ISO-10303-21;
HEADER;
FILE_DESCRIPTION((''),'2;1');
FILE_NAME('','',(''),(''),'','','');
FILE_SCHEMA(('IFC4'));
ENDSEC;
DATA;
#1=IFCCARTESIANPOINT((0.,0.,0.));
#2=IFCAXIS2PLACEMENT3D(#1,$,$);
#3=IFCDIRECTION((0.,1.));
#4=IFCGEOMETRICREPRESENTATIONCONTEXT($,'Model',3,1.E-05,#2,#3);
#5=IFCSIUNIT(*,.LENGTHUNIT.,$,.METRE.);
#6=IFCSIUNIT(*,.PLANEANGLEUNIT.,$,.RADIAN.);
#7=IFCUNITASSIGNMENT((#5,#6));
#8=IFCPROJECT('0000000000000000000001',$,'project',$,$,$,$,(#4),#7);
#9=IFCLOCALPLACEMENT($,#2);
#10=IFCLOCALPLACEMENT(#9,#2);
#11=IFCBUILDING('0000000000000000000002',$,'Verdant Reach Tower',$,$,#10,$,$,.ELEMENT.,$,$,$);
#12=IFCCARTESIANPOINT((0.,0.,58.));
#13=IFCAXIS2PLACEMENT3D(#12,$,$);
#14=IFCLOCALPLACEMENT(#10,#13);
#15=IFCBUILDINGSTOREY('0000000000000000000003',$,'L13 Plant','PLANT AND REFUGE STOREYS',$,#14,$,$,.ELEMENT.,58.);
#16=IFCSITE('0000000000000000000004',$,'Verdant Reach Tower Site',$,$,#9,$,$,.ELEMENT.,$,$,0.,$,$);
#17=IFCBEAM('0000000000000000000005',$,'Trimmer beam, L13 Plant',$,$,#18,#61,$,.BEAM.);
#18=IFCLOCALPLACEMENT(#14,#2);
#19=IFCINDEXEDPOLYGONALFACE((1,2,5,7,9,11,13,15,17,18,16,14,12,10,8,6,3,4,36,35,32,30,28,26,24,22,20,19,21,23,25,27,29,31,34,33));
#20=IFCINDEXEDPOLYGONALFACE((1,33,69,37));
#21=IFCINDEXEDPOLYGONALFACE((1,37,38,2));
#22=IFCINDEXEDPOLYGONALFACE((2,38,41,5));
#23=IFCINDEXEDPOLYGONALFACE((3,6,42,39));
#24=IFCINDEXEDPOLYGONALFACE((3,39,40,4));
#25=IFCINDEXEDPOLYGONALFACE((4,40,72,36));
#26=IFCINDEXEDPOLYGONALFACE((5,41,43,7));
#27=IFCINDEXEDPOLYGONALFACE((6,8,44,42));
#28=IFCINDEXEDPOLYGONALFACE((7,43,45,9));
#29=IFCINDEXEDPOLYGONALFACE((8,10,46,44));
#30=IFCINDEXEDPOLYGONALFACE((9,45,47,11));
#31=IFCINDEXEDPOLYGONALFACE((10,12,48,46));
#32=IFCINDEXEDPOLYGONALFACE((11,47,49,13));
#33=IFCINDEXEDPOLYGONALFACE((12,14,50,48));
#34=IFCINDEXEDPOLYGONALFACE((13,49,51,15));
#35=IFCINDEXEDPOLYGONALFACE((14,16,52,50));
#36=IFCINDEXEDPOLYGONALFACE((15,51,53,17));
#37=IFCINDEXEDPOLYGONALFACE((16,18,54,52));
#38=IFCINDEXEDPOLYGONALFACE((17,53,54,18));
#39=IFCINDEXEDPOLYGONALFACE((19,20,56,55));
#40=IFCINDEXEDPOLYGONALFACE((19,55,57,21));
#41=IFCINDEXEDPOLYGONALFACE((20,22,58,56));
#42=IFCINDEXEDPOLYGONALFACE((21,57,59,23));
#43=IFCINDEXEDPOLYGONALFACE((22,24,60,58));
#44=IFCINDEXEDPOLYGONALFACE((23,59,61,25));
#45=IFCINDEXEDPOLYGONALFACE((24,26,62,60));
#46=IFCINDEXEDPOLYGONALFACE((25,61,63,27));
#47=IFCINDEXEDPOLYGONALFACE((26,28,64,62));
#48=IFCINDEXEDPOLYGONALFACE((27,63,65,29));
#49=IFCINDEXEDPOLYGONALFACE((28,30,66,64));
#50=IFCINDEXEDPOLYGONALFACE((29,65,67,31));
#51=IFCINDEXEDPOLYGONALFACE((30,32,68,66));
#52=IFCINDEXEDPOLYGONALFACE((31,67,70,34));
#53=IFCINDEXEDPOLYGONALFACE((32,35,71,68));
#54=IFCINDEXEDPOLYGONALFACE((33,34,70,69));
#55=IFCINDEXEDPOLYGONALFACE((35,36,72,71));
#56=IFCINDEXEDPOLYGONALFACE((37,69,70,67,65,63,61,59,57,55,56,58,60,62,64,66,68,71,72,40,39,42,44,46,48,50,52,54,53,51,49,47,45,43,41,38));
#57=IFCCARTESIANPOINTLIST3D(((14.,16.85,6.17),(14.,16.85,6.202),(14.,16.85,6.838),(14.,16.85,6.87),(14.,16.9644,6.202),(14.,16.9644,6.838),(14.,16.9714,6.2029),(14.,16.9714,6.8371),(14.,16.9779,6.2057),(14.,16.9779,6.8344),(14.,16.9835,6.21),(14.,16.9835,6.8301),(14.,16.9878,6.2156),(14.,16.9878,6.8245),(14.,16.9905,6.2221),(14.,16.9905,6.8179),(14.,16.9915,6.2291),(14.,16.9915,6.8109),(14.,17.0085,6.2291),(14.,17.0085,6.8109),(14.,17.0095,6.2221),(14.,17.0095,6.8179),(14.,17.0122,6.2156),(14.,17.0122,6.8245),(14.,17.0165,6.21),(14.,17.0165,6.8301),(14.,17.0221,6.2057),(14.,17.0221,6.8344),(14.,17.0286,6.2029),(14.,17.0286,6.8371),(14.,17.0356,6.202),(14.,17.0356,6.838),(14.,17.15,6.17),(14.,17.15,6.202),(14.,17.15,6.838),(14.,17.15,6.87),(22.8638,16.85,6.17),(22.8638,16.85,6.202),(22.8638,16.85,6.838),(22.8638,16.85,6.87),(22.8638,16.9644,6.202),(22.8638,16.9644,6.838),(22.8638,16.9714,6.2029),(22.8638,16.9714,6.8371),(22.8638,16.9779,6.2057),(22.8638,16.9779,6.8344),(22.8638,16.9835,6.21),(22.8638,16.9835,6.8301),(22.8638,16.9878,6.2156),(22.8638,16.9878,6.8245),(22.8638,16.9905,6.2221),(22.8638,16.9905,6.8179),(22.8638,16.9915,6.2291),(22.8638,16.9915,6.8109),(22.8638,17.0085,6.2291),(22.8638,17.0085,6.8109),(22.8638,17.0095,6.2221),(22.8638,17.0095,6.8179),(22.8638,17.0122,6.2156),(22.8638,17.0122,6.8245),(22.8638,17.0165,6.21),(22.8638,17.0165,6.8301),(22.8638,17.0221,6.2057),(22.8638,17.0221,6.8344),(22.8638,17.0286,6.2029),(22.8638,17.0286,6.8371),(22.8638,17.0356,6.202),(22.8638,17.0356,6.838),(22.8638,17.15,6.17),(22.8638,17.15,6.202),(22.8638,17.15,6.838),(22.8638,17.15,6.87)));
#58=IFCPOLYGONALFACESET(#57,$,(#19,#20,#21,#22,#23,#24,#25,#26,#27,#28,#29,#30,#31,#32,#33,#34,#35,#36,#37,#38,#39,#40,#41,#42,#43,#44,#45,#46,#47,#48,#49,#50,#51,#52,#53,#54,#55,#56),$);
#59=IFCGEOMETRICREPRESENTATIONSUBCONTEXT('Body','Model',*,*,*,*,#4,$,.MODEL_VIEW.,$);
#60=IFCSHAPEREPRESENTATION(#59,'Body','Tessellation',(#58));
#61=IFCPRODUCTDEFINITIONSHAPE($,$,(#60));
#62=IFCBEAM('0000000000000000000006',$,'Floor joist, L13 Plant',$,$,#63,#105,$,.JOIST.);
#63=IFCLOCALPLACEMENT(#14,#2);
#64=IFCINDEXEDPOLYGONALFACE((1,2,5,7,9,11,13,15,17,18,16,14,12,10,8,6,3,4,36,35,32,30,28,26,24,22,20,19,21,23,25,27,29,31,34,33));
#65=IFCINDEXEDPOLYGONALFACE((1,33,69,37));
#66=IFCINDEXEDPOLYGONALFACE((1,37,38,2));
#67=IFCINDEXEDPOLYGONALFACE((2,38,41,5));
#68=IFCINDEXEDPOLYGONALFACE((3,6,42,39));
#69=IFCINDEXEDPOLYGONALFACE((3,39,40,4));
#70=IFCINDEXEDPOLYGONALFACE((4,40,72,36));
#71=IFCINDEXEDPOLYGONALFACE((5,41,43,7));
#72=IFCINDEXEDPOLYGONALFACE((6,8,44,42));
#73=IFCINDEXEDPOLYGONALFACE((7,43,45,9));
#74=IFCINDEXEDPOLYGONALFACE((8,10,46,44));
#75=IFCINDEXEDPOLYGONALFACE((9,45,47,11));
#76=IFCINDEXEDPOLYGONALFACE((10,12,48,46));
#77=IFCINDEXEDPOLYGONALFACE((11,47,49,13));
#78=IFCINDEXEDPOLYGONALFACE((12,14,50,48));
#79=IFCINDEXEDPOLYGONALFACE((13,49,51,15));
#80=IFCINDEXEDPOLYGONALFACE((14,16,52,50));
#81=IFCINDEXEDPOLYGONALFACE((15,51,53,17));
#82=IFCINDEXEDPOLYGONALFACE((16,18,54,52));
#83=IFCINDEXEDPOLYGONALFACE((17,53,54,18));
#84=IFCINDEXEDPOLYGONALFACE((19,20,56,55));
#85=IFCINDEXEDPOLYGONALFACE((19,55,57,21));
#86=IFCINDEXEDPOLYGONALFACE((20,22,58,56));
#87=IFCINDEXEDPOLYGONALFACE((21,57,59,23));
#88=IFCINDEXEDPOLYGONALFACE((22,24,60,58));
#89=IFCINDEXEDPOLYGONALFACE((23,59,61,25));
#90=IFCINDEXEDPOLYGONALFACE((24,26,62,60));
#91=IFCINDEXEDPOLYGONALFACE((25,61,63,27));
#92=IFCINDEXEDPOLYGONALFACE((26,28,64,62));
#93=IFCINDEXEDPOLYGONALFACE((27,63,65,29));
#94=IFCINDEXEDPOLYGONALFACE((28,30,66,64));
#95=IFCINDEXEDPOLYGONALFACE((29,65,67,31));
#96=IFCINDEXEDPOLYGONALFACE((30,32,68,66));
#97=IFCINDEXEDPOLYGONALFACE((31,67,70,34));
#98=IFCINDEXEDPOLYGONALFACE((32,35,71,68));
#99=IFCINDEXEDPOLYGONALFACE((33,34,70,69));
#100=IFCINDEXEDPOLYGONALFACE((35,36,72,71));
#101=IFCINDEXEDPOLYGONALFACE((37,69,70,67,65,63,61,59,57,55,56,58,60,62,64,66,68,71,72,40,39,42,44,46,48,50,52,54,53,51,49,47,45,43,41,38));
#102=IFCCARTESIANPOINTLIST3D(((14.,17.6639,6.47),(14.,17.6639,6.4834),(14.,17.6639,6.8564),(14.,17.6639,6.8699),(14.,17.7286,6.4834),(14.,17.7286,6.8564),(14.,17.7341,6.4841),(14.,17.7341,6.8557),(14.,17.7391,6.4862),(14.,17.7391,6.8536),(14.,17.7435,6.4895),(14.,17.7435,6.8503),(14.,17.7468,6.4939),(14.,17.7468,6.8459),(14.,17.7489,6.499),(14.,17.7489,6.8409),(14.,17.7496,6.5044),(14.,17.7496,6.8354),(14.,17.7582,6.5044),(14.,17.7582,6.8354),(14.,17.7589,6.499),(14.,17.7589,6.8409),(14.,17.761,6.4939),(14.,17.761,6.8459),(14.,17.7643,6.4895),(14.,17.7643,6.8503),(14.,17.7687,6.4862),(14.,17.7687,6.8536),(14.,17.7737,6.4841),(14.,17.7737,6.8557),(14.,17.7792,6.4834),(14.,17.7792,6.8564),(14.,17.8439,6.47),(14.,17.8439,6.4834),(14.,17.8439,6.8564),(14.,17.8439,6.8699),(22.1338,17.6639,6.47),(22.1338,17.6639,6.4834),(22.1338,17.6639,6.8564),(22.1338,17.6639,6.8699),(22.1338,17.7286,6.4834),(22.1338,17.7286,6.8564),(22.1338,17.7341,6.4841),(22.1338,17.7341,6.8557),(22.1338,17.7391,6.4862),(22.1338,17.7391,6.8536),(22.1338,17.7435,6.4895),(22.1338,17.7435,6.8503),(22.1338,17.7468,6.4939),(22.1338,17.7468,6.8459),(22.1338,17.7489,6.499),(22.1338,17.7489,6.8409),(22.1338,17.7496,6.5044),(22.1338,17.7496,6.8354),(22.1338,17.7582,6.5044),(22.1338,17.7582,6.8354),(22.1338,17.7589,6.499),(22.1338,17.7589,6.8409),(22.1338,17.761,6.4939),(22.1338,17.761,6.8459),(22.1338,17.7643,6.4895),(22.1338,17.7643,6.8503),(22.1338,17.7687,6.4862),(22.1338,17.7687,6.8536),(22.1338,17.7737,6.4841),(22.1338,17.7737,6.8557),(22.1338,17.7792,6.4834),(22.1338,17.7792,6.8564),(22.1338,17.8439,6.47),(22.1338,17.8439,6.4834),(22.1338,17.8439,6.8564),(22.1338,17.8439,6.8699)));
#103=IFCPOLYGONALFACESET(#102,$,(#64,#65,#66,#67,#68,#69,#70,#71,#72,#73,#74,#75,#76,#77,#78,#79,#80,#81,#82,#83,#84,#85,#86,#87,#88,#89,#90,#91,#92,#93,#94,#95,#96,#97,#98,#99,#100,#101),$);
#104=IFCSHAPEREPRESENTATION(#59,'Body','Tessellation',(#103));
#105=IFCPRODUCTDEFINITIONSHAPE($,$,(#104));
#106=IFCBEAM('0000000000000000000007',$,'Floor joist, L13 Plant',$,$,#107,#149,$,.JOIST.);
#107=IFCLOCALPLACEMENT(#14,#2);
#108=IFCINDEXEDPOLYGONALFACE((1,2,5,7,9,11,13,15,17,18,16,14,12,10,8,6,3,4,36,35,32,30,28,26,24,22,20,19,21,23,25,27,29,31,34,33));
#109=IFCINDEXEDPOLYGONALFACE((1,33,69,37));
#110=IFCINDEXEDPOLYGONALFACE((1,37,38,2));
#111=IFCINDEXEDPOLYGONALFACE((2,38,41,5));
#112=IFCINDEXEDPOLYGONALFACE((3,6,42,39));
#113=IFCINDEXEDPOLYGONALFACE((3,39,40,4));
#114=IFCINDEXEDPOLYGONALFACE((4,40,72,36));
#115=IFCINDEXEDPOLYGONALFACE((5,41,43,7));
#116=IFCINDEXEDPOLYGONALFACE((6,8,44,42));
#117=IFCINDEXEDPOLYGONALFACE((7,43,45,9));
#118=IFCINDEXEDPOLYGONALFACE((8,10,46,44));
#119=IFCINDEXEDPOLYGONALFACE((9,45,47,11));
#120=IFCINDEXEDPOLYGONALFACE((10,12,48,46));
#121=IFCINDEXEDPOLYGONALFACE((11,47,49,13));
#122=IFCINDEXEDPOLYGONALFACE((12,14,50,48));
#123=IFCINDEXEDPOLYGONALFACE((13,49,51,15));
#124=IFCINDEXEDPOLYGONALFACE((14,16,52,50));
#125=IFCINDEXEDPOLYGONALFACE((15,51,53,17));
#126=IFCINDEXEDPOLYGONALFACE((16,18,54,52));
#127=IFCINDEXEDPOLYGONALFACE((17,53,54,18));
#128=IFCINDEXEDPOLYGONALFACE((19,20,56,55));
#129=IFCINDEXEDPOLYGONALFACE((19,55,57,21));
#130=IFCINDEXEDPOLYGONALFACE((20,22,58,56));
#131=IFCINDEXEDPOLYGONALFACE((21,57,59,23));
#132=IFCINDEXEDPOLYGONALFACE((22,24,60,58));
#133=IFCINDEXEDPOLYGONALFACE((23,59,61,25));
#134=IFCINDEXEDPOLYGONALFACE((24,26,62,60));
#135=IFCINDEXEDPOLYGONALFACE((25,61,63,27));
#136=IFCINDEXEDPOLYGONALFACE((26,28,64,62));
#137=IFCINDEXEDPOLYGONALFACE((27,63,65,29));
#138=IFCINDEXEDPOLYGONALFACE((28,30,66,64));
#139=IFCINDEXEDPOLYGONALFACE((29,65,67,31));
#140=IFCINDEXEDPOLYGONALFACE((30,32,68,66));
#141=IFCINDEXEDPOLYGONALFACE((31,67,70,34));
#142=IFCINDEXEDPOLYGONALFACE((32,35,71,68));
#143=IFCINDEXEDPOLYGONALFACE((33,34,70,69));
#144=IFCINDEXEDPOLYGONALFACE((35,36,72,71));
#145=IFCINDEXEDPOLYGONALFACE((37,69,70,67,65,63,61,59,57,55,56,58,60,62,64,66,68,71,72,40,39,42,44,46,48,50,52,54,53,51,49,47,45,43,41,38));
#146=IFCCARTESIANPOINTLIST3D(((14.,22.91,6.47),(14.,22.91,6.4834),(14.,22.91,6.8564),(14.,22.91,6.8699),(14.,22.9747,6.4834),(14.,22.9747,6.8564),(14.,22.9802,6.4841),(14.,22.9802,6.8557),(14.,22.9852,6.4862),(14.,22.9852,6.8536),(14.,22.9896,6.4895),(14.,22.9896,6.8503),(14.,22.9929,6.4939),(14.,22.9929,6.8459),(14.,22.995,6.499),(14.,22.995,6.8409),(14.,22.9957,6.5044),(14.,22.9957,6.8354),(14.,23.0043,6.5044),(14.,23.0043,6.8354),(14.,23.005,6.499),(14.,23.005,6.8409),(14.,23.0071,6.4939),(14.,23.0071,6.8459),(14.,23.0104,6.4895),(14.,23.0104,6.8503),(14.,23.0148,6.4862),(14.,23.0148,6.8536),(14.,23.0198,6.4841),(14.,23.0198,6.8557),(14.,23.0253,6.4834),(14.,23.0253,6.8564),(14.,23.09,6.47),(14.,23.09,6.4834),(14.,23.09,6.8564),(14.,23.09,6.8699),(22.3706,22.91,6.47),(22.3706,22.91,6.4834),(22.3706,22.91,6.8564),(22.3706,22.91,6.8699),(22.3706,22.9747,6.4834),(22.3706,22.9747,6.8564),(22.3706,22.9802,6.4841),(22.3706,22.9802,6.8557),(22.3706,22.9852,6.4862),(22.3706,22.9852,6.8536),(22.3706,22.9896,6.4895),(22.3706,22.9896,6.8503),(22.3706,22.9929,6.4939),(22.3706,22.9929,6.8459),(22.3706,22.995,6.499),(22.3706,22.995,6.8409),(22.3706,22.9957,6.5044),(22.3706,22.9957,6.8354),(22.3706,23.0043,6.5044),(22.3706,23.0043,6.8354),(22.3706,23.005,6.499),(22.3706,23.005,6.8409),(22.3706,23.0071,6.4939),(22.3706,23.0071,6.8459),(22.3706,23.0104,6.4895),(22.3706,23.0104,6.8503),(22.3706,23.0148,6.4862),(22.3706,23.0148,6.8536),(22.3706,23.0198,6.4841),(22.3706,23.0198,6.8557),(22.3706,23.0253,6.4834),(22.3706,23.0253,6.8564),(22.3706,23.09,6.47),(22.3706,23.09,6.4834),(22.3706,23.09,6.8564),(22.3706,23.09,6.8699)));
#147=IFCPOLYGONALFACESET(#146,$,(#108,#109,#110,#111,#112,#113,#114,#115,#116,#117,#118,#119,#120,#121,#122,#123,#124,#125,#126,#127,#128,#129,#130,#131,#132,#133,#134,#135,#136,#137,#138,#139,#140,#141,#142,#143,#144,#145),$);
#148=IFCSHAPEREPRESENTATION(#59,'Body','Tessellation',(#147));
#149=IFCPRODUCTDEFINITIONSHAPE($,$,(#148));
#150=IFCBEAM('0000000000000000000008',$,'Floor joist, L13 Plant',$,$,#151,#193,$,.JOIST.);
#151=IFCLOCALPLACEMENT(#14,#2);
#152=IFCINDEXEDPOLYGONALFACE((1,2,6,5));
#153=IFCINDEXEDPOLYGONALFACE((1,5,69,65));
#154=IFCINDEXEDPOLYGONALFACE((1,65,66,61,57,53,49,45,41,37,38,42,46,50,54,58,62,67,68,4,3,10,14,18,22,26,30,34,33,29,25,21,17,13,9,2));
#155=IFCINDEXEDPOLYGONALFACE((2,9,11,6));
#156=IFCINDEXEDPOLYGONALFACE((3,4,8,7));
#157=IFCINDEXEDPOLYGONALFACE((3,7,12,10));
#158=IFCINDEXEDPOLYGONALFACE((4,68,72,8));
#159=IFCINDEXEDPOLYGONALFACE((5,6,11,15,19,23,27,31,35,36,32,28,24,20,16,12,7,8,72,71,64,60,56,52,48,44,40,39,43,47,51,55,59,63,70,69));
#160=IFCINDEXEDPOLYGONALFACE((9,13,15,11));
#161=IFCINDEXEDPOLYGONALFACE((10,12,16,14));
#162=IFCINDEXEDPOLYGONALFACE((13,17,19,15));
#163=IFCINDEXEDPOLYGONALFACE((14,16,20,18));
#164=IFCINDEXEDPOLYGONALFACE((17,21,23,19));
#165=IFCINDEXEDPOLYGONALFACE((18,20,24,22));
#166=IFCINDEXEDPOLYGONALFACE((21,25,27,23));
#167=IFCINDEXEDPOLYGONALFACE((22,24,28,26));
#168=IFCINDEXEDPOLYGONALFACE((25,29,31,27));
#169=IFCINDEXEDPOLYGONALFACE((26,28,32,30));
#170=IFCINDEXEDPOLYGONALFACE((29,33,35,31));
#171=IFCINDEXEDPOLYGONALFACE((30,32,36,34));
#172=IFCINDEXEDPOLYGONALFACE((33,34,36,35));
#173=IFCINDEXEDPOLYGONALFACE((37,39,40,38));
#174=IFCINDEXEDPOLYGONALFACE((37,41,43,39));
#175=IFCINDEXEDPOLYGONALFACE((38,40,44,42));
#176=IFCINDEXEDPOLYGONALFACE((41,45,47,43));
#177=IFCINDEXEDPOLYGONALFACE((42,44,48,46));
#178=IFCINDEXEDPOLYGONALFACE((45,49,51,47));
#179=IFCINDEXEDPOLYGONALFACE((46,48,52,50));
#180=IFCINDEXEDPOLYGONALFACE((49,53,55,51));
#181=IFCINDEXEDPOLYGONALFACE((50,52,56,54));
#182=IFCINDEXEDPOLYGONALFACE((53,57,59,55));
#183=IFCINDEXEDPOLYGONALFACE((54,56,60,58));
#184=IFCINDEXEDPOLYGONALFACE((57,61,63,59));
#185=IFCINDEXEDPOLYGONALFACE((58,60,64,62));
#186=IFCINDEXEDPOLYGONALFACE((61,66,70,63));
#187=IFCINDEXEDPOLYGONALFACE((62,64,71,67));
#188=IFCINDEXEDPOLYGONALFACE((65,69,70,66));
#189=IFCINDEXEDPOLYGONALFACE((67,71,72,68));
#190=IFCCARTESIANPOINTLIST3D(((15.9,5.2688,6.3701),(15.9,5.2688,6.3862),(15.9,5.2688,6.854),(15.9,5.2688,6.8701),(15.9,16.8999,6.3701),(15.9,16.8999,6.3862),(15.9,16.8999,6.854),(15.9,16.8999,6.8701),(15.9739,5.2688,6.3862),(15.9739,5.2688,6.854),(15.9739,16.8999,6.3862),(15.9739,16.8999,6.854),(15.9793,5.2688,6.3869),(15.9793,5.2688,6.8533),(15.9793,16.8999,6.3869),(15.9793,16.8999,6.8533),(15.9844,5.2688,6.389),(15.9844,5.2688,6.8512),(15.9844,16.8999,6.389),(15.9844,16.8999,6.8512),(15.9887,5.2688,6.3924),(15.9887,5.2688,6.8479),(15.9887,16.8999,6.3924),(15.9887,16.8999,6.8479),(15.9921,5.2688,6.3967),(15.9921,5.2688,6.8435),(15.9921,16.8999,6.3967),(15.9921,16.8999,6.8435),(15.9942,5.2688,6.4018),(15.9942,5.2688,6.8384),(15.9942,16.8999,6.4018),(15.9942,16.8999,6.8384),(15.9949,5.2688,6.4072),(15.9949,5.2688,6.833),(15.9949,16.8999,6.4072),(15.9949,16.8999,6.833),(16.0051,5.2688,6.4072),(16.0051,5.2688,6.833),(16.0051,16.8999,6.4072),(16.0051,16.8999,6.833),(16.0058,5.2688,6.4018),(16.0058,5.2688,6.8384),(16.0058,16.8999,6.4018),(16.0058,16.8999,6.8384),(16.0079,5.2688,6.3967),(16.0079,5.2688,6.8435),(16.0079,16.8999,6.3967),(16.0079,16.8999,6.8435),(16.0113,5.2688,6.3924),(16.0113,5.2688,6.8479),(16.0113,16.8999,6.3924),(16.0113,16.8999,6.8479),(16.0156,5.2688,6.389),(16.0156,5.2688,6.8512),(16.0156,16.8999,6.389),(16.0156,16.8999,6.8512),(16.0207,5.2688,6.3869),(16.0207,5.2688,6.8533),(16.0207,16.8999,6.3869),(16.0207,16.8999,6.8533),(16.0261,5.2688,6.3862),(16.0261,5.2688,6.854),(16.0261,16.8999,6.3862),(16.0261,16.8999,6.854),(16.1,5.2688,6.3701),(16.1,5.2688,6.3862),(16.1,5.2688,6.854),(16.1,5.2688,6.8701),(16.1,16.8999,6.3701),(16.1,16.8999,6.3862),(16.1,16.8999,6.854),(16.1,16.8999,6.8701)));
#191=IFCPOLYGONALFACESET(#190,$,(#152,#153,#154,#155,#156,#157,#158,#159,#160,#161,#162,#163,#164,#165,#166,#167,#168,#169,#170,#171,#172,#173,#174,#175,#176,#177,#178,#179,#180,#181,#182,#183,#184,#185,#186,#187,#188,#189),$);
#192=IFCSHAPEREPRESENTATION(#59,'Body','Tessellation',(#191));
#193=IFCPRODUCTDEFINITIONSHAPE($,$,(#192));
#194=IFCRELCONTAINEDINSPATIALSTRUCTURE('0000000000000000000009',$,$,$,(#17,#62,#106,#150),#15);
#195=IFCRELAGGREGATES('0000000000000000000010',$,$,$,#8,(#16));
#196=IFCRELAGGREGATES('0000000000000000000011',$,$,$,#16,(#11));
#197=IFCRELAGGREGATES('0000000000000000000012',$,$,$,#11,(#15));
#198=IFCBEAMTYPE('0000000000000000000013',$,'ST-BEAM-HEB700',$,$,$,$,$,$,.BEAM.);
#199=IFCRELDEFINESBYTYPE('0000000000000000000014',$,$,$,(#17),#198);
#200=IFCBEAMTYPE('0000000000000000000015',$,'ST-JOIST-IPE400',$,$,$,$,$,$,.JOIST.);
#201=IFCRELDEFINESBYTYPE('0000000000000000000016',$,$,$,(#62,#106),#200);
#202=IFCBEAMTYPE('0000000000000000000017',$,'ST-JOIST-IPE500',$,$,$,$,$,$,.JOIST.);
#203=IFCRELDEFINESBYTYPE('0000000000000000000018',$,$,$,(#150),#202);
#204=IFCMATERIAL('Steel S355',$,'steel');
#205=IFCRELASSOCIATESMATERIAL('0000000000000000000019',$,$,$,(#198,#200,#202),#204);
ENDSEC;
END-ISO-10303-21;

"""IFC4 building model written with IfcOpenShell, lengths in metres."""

from ifc_helpers import new_model, si_unit, direction, frame, origin, origin_2d, place, context, subcontext, project, spatial, i_section, extrude, material, material_profile, profile_set, type_object, element, save


model = new_model("IFC4")

# Units and contexts
model_context = context("Model", 3, precision=1e-05, world=origin(), true_north=direction((0.0, 1.0)))
body_context = subcontext(model_context, "Body", "Model", "MODEL_VIEW")
ifc_project = project(units=[si_unit("LENGTHUNIT", "METRE"), si_unit("PLANEANGLEUNIT", "RADIAN")], contexts=[model_context])

# Site, building, storey
site_placement = place(None, origin())
site = spatial("IfcSite", under=ifc_project, at=site_placement, Name="Verdant Reach Tower Site", CompositionType="ELEMENT", RefElevation=0.0)
building_placement = place(site_placement, origin())
building = spatial("IfcBuilding", under=site, at=building_placement, Name="Verdant Reach Tower", CompositionType="ELEMENT")
storey_placement = place(building_placement, frame((0.0, 0.0, 58.0)))
storey = spatial("IfcBuildingStorey", under=building, at=storey_placement, Name="L13 Plant", Description="PLANT AND REFUGE STOREYS", CompositionType="ELEMENT", Elevation=58.0)

# Beams
ifc_material_1 = material(Name="Steel S355", Category="steel")
ifc_material_profile_1 = material_profile(ifc_material_1, i_section(OverallWidth=0.3, OverallDepth=0.7, WebThickness=0.0171, FlangeThickness=0.032, FilletRadius=0.0271, at=origin_2d()), Name="HEB 700")
ifc_profile_set_1 = profile_set([ifc_material_profile_1], Name="Steel S355")
beam_type_1 = type_object("IfcBeamType", Name="ST-BEAM-HEB700", PredefinedType="BEAM", material=ifc_profile_set_1)
beam_1_placement = place(storey_placement, frame((14.0, 17.0, 6.52), z_axis=(1.0, 0.0, 0.0), x_axis=(0.0, 1.0, 0.0)))
element("IfcBeam", 1, at=beam_1_placement, inside=storey, type_object=beam_type_1, Name="Trimmer beam, L13 Plant", PredefinedType="BEAM", context=body_context, shape_type="SweptSolid", body=[
    extrude(i_section(OverallWidth=0.3, OverallDepth=0.7, WebThickness=0.0171, FlangeThickness=0.032, FilletRadius=0.0271, at=origin_2d()), origin(), (0.0, 0.0, 1.0), 8.8638),
])
ifc_material_profile_2 = material_profile(ifc_material_1, i_section(OverallWidth=0.1799, OverallDepth=0.3999, WebThickness=0.0085, FlangeThickness=0.0134, FilletRadius=0.021, at=origin_2d()), Name="IPE 400")
ifc_profile_set_2 = profile_set([ifc_material_profile_2], Name="Steel S355")
beam_type_2 = type_object("IfcBeamType", Name="ST-JOIST-IPE400", PredefinedType="JOIST", material=ifc_profile_set_2)
beam_2_placement = place(storey_placement, frame((14.0, 17.7539, 6.6699), z_axis=(1.0, 0.0, 0.0), x_axis=(0.0, 1.0, 0.0)))
element("IfcBeam", 2, at=beam_2_placement, inside=storey, type_object=beam_type_2, Name="Floor joist, L13 Plant", PredefinedType="JOIST", context=body_context, shape_type="SweptSolid", body=[
    extrude(i_section(OverallWidth=0.1799, OverallDepth=0.3999, WebThickness=0.0085, FlangeThickness=0.0134, FilletRadius=0.021, at=origin_2d()), origin(), (0.0, 0.0, 1.0), 8.1338),
])
beam_3_placement = place(storey_placement, frame((14.0, 23.0, 6.6699), z_axis=(1.0, 0.0, 0.0), x_axis=(0.0, 1.0, 0.0)))
element("IfcBeam", 3, at=beam_3_placement, inside=storey, type_object=beam_type_2, Name="Floor joist, L13 Plant", PredefinedType="JOIST", context=body_context, shape_type="SweptSolid", body=[
    extrude(i_section(OverallWidth=0.1799, OverallDepth=0.3999, WebThickness=0.0085, FlangeThickness=0.0134, FilletRadius=0.021, at=origin_2d()), origin(), (0.0, 0.0, 1.0), 8.3706),
])
ifc_material_profile_3 = material_profile(ifc_material_1, i_section(OverallWidth=0.2, OverallDepth=0.5, WebThickness=0.0103, FlangeThickness=0.0161, FilletRadius=0.021, at=origin_2d()), Name="IPE 500")
ifc_profile_set_3 = profile_set([ifc_material_profile_3], Name="Steel S355")
beam_type_3 = type_object("IfcBeamType", Name="ST-JOIST-IPE500", PredefinedType="JOIST", material=ifc_profile_set_3)
beam_4_placement = place(storey_placement, frame((16.0, 16.8999, 6.6201), z_axis=(0.0, -1.0, 0.0), x_axis=(1.0, 0.0, 0.0)))
element("IfcBeam", 4, at=beam_4_placement, inside=storey, type_object=beam_type_3, Name="Floor joist, L13 Plant", PredefinedType="JOIST", context=body_context, shape_type="SweptSolid", body=[
    extrude(i_section(OverallWidth=0.2, OverallDepth=0.5, WebThickness=0.0103, FlangeThickness=0.0161, FilletRadius=0.021, at=origin_2d()), origin(), (0.0, 0.0, 1.0), 11.6311),
])

save(model, "model.ifc")
